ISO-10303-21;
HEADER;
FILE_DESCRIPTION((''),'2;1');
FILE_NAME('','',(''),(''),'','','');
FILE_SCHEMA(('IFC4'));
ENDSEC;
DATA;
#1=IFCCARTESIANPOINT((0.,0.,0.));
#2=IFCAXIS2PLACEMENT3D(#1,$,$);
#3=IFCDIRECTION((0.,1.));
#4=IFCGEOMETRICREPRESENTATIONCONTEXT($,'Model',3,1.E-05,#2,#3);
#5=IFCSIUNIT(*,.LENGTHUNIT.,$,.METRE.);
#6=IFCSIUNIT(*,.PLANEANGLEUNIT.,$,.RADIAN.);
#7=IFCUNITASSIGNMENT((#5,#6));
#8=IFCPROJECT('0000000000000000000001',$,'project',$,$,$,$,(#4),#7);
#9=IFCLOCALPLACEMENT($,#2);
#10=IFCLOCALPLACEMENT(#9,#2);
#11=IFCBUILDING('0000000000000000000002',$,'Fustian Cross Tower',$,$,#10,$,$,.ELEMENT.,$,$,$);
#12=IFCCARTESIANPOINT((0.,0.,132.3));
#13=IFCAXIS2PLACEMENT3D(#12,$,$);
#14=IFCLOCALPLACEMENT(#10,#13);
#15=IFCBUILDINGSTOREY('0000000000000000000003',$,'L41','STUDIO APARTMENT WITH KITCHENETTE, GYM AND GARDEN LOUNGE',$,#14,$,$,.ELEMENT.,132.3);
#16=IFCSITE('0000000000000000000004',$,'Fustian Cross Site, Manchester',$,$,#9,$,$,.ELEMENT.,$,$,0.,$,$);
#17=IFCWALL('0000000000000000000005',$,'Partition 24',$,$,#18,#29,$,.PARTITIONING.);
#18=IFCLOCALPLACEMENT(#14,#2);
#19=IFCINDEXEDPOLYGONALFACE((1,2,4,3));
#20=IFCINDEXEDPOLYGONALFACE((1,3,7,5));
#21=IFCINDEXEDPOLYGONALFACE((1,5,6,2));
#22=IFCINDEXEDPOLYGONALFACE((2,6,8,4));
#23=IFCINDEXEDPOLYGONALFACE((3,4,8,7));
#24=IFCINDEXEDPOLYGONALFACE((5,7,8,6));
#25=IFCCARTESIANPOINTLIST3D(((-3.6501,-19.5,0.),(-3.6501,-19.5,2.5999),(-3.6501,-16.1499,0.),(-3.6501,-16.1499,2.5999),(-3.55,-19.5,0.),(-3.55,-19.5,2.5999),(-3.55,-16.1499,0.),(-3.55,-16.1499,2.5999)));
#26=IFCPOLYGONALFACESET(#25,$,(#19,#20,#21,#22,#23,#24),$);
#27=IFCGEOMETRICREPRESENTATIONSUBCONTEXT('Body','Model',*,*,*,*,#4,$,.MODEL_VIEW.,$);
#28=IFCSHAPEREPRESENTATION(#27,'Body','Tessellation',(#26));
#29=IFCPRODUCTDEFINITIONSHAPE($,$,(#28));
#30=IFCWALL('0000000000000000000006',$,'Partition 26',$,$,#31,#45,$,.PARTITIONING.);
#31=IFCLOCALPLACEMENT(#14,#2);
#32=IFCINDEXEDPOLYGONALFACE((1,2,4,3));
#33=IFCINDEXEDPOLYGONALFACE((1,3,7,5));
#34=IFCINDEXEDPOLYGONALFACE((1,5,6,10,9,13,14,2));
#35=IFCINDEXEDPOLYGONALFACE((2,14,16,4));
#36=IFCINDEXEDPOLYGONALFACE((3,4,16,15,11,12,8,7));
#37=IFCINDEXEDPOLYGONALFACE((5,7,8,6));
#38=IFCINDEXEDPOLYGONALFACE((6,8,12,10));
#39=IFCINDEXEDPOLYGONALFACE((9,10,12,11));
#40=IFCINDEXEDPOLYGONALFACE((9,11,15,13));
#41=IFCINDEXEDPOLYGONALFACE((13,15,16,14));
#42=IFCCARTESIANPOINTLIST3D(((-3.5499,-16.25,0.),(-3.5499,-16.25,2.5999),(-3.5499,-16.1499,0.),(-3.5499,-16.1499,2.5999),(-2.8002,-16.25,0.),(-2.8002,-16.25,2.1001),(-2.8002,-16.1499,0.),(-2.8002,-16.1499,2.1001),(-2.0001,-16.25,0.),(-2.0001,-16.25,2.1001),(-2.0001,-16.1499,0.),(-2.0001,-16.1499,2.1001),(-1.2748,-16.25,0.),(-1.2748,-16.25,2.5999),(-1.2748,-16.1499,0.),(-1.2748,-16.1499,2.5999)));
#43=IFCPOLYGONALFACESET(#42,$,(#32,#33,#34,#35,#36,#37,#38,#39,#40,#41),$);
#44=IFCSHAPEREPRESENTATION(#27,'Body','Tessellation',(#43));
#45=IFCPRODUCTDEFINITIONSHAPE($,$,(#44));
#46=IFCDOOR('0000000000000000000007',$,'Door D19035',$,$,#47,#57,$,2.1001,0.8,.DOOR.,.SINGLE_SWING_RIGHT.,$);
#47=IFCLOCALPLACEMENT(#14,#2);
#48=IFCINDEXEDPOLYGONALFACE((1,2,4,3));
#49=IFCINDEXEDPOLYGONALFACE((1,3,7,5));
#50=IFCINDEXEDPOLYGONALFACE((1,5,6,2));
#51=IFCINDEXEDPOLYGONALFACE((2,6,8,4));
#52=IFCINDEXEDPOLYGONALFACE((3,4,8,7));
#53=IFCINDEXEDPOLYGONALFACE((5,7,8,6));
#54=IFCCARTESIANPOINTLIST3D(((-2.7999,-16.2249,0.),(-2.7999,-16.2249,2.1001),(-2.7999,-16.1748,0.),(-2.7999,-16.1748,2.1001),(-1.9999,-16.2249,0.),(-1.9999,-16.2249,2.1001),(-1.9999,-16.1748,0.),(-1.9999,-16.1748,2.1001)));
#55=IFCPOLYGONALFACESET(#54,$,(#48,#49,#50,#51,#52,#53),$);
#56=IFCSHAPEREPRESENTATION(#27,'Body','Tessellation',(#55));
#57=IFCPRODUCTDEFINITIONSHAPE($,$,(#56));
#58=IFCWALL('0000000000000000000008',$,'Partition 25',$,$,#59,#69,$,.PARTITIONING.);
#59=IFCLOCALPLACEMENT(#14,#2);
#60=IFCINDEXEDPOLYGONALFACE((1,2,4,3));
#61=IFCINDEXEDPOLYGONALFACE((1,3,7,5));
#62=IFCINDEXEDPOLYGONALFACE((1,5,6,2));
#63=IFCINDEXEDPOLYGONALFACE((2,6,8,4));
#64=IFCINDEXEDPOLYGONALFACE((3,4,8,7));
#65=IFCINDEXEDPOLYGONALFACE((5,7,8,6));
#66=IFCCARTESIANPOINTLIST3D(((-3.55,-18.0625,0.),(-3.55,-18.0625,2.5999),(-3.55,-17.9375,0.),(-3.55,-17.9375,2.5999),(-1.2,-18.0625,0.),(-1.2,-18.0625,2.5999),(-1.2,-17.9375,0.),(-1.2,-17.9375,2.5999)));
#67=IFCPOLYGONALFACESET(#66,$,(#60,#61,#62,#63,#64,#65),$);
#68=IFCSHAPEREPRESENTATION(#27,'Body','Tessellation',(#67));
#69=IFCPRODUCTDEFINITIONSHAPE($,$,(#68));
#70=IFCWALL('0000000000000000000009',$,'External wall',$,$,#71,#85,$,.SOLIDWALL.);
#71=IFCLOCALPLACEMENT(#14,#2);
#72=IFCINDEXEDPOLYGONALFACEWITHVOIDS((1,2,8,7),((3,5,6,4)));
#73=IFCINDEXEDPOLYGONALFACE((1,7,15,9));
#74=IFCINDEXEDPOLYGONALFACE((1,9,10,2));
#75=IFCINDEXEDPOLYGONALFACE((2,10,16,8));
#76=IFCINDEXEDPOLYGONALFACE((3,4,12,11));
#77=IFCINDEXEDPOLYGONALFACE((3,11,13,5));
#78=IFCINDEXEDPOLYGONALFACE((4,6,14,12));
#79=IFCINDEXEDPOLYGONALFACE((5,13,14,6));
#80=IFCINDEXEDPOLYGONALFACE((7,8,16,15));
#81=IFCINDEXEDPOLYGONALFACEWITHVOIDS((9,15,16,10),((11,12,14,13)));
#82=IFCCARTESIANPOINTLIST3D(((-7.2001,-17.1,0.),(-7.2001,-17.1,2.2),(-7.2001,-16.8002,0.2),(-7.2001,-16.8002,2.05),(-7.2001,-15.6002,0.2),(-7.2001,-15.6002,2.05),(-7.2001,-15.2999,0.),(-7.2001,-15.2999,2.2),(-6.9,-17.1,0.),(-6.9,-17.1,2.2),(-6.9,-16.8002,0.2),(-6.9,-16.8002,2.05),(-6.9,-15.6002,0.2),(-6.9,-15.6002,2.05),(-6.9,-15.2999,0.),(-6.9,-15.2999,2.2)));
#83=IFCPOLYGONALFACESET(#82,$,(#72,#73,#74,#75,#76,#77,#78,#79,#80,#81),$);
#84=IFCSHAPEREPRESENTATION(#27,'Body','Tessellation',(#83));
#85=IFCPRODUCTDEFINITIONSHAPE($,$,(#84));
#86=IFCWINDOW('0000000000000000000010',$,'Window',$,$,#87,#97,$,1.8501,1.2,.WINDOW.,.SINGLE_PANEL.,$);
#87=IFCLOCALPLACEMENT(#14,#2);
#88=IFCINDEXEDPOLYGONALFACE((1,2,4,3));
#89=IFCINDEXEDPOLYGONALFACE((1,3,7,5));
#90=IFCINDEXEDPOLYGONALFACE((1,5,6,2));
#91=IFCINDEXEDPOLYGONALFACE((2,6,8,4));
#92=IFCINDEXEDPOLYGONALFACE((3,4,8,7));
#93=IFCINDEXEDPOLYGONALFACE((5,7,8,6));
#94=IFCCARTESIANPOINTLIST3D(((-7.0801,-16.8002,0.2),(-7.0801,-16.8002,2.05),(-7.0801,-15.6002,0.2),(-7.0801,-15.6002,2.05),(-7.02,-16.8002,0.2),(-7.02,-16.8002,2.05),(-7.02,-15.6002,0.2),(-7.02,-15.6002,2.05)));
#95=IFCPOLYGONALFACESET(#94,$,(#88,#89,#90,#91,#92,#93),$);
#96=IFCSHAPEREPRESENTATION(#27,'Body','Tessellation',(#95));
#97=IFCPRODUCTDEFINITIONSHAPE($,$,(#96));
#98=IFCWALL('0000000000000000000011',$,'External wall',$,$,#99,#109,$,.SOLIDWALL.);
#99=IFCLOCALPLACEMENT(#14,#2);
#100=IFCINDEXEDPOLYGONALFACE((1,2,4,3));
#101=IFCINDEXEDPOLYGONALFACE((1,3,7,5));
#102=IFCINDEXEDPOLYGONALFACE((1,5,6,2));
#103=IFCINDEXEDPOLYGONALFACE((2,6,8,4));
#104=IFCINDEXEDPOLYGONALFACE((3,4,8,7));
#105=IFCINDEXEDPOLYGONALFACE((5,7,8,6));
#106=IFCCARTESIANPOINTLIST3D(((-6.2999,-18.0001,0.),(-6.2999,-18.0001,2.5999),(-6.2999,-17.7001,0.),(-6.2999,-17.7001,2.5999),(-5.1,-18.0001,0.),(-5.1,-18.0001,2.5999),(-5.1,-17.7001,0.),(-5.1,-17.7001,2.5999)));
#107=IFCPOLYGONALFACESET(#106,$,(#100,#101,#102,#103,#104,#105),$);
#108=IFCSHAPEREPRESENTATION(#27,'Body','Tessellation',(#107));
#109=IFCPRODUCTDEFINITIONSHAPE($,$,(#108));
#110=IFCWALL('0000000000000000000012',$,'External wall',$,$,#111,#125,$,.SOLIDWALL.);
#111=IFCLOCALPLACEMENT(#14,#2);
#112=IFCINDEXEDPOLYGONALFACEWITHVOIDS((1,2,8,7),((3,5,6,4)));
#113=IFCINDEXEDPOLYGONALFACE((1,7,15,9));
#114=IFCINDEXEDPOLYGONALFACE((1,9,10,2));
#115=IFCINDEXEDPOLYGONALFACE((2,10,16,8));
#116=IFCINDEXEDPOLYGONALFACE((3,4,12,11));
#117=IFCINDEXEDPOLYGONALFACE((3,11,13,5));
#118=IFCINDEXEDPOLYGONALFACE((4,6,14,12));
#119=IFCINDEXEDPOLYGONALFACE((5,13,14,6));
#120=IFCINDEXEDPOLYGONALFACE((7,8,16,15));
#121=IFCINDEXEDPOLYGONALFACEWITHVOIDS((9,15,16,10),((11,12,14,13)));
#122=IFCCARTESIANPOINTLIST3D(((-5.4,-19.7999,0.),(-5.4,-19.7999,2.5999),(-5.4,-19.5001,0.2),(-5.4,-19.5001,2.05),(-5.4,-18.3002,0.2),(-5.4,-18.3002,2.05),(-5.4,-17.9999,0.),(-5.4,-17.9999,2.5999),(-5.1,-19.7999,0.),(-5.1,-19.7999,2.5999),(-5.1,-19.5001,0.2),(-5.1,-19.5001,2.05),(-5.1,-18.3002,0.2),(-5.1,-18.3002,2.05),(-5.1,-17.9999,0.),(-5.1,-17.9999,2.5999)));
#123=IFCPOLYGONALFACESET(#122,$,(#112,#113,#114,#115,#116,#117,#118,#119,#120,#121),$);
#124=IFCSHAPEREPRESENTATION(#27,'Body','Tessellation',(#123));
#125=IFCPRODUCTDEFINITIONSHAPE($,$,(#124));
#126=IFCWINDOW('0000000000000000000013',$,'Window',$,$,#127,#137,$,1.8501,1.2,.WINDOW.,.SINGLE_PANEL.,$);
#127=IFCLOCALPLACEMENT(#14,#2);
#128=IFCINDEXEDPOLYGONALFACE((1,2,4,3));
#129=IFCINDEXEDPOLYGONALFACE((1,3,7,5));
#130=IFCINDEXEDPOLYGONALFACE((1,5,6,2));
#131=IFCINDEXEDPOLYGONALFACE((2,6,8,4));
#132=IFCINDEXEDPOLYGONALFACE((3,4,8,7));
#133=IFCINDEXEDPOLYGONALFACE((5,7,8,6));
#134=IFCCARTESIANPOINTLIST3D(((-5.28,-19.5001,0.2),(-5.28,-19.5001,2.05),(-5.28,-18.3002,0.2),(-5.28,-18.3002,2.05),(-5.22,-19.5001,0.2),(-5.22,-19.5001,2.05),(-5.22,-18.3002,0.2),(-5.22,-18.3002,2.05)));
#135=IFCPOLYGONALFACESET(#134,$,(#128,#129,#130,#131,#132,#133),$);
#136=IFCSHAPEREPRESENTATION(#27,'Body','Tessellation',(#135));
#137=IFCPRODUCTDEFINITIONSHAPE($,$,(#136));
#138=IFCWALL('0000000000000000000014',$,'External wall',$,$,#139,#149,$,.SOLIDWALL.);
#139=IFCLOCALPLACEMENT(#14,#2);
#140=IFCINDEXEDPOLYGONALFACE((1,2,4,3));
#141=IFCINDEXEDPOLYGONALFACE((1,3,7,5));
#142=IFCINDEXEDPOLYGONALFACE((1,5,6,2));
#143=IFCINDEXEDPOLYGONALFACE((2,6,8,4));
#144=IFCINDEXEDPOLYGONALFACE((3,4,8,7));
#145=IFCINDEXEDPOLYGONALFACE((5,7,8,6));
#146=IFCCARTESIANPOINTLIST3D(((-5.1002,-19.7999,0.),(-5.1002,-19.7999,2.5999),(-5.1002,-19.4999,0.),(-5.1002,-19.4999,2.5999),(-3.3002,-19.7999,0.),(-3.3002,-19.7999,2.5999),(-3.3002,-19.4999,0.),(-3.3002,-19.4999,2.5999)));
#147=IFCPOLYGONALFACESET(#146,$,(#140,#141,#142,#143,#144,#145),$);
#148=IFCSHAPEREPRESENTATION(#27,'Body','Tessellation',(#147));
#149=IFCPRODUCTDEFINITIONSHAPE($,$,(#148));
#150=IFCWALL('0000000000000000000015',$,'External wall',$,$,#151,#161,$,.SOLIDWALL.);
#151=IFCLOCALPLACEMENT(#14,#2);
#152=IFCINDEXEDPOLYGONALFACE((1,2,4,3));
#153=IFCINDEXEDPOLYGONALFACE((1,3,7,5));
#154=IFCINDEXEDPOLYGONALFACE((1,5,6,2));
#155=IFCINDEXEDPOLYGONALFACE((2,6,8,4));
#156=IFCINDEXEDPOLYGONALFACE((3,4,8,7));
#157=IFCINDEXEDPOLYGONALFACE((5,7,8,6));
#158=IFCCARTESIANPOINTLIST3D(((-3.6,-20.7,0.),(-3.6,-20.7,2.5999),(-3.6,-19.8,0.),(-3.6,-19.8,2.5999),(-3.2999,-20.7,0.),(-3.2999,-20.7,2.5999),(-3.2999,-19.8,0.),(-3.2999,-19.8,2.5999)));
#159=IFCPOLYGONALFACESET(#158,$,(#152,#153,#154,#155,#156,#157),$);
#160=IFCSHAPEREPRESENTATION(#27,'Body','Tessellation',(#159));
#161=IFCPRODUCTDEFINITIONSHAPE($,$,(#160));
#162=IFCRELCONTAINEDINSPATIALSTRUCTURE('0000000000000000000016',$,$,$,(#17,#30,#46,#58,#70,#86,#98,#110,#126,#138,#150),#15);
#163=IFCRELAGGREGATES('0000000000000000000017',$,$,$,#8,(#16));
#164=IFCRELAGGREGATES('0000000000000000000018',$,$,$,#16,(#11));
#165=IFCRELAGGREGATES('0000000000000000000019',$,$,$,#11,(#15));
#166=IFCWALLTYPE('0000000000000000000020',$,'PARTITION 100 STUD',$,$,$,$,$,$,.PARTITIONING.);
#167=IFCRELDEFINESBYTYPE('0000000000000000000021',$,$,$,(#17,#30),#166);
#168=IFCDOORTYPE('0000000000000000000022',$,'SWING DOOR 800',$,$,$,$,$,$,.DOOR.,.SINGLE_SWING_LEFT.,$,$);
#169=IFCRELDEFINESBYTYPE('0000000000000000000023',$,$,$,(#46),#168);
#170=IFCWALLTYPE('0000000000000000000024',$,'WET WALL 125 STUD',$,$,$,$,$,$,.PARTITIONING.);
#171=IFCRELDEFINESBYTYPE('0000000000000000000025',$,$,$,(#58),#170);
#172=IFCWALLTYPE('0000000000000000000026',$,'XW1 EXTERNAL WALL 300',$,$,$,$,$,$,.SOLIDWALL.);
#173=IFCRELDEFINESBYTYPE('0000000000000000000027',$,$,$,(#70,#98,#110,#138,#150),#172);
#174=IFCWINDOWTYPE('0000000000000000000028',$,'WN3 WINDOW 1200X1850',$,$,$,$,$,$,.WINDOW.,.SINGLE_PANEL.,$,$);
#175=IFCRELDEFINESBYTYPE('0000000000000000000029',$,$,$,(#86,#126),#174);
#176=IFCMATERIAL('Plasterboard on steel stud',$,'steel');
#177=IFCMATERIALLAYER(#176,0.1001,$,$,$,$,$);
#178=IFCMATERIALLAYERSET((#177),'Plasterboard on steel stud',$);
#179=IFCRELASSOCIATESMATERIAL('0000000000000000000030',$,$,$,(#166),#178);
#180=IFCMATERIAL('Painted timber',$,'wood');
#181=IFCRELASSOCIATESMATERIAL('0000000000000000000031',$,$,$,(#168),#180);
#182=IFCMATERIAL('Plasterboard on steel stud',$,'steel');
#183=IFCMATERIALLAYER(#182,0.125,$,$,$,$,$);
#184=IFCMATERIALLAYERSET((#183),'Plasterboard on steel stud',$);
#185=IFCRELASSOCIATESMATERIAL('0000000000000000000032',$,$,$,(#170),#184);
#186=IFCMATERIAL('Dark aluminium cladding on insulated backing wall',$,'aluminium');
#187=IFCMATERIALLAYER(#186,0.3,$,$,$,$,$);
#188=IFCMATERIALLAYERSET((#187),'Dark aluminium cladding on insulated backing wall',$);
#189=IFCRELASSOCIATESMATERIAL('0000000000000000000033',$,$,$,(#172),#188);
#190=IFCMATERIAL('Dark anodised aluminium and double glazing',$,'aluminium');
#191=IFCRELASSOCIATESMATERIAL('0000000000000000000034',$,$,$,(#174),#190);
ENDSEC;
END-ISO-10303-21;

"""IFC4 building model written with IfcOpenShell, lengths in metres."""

from ifc_helpers import new_model, si_unit, direction, frame, frame_2d, origin, place, context, subcontext, project, spatial, rectangle, extrude, material, layer, layer_set, type_object, element, fill, save


model = new_model("IFC4")

# Units and contexts
model_context = context("Model", 3, precision=1e-05, world=origin(), true_north=direction((0.0, 1.0)))
body_context = subcontext(model_context, "Body", "Model", "MODEL_VIEW")
ifc_project = project(units=[si_unit("LENGTHUNIT", "METRE"), si_unit("PLANEANGLEUNIT", "RADIAN")], contexts=[model_context])

# Site, building, storey
site_placement = place(None, origin())
site = spatial("IfcSite", under=ifc_project, at=site_placement, Name="Fustian Cross Site, Manchester", CompositionType="ELEMENT", RefElevation=0.0)
building_placement = place(site_placement, origin())
building = spatial("IfcBuilding", under=site, at=building_placement, Name="Fustian Cross Tower", CompositionType="ELEMENT")
storey_placement = place(building_placement, frame((0.0, 0.0, 132.3)))
storey = spatial("IfcBuildingStorey", under=building, at=storey_placement, Name="L41", Description="STUDIO APARTMENT WITH KITCHENETTE, GYM AND GARDEN LOUNGE", CompositionType="ELEMENT", Elevation=132.3)

# Wall
ifc_material_1 = material(Name="Plasterboard on steel stud", Category="steel")
ifc_layer_1 = layer(ifc_material_1, 0.1001)
ifc_layer_set_1 = layer_set([ifc_layer_1], Name="Plasterboard on steel stud")
wall_type_1 = type_object("IfcWallType", Name="PARTITION 100 STUD", PredefinedType="PARTITIONING", material=ifc_layer_set_1)
wall_1_placement = place(storey_placement, frame((-3.6001, -19.5, 0.0), z_axis=(0.0, 0.0, 1.0), x_axis=(0.0, 1.0, 0.0)))
element("IfcWall", 1, at=wall_1_placement, inside=storey, type_object=wall_type_1, Name="Partition 24", PredefinedType="PARTITIONING", context=body_context, shape_type="SweptSolid", body=[
    extrude(rectangle(XDim=3.3501, YDim=0.1001, at=frame_2d((1.675, 0.0))), origin(), (0.0, 0.0, 1.0), 2.5999),
])

# Wall, opening, door
wall_2_placement = place(storey_placement, frame((-3.55, -16.2, 0.0), z_axis=(0.0, 0.0, 1.0), x_axis=(1.0, 0.0, 0.0)))
wall_2 = element("IfcWall", 2, at=wall_2_placement, inside=storey, type_object=wall_type_1, Name="Partition 26", PredefinedType="PARTITIONING", context=body_context, shape_type="SweptSolid", body=[
    extrude(rectangle(XDim=2.2751, YDim=0.1001, at=frame_2d((1.1377, 0.0))), origin(), (0.0, 0.0, 1.0), 2.5999),
])
opening_1_placement = place(wall_2_placement, frame((0.75, 0.0, 0.0)))
opening_1 = element("IfcOpeningElement", 3, at=opening_1_placement, cuts=wall_2, PredefinedType="OPENING", context=body_context, shape_type="SweptSolid", body=[
    extrude(rectangle(XDim=0.8, YDim=2.1001, at=frame_2d((0.3999, 1.05))), frame((0.0, 0.0601, 0.0), z_axis=(0.0, -1.0, 0.0), x_axis=(1.0, 0.0, 0.0)), (0.0, 0.0, 1.0), 0.1201),
])
ifc_material_2 = material(Name="Painted timber", Category="wood")
door_type_1 = type_object("IfcDoorType", Name="SWING DOOR 800", OperationType="SINGLE_SWING_LEFT", PredefinedType="DOOR", material=ifc_material_2)
door_1_placement = place(opening_1_placement, frame((0.8, 0.0, 0.0), z_axis=(0.0, 0.0, 1.0), x_axis=(-1.0, 0.0, 0.0)))
door_1 = element("IfcDoor", 4, at=door_1_placement, inside=storey, type_object=door_type_1, Name="Door D19035", OperationType="SINGLE_SWING_RIGHT", OverallHeight=2.1001, OverallWidth=0.8, PredefinedType="DOOR", context=body_context, shape_type="SweptSolid", body=[
    extrude(rectangle(XDim=0.8, YDim=2.1001, at=frame_2d((0.3999, 1.05))), frame((0.0, 0.0249, 0.0), z_axis=(0.0, -1.0, 0.0), x_axis=(1.0, 0.0, 0.0)), (0.0, 0.0, 1.0), 0.05),
])
fill(opening_1, door_1)

# Wall
ifc_material_3 = material(Name="Plasterboard on steel stud", Category="steel")
ifc_layer_2 = layer(ifc_material_3, 0.125)
ifc_layer_set_2 = layer_set([ifc_layer_2], Name="Plasterboard on steel stud")
wall_type_2 = type_object("IfcWallType", Name="WET WALL 125 STUD", PredefinedType="PARTITIONING", material=ifc_layer_set_2)
wall_3_placement = place(storey_placement, frame((-3.55, -18.0, 0.0), z_axis=(0.0, 0.0, 1.0), x_axis=(1.0, 0.0, 0.0)))
element("IfcWall", 5, at=wall_3_placement, inside=storey, type_object=wall_type_2, Name="Partition 25", PredefinedType="PARTITIONING", context=body_context, shape_type="SweptSolid", body=[
    extrude(rectangle(XDim=2.3501, YDim=0.125, at=frame_2d((1.175, 0.0))), origin(), (0.0, 0.0, 1.0), 2.5999),
])

# Wall, opening, window
ifc_material_4 = material(Name="Dark aluminium cladding on insulated backing wall", Category="aluminium")
ifc_layer_3 = layer(ifc_material_4, 0.3)
ifc_layer_set_3 = layer_set([ifc_layer_3], Name="Dark aluminium cladding on insulated backing wall")
wall_type_3 = type_object("IfcWallType", Name="XW1 EXTERNAL WALL 300", PredefinedType="SOLIDWALL", material=ifc_layer_set_3)
wall_4_placement = place(storey_placement, frame((-7.05, -15.3, 0.0), z_axis=(0.0, 0.0, 1.0), x_axis=(0.0, -1.0, 0.0)))
wall_4 = element("IfcWall", 6, at=wall_4_placement, inside=storey, type_object=wall_type_3, Name="External wall", PredefinedType="SOLIDWALL", context=body_context, shape_type="SweptSolid", body=[
    extrude(rectangle(XDim=1.8, YDim=0.3, at=frame_2d((0.8999, 0.0))), origin(), (0.0, 0.0, 1.0), 2.2),
])
opening_2_placement = place(wall_4_placement, frame((0.3, 0.0, 0.2)))
opening_2 = element("IfcOpeningElement", 7, at=opening_2_placement, cuts=wall_4, PredefinedType="OPENING", context=body_context, shape_type="SweptSolid", body=[
    extrude(rectangle(XDim=1.2, YDim=1.8501, at=frame_2d((0.6001, 0.925))), frame((0.0, 0.1599, 0.0), z_axis=(0.0, -1.0, 0.0), x_axis=(1.0, 0.0, 0.0)), (0.0, 0.0, 1.0), 0.3201),
])
ifc_material_5 = material(Name="Dark anodised aluminium and double glazing", Category="aluminium")
window_type_1 = type_object("IfcWindowType", Name="WN3 WINDOW 1200X1850", PartitioningType="SINGLE_PANEL", PredefinedType="WINDOW", material=ifc_material_5)
window_1_placement = place(opening_2_placement, origin())
window_1 = element("IfcWindow", 8, at=window_1_placement, inside=storey, type_object=window_type_1, Name="Window", OverallHeight=1.8501, OverallWidth=1.2, PartitioningType="SINGLE_PANEL", PredefinedType="WINDOW", context=body_context, shape_type="SweptSolid", body=[
    extrude(rectangle(XDim=1.2, YDim=1.8501, at=frame_2d((0.6001, 0.925))), frame((0.0, 0.03, 0.0), z_axis=(0.0, -1.0, 0.0), x_axis=(1.0, 0.0, 0.0)), (0.0, 0.0, 1.0), 0.0601),
])
fill(opening_2, window_1)

# Wall
wall_5_placement = place(storey_placement, frame((-6.3, -17.8501, 0.0), z_axis=(0.0, 0.0, 1.0), x_axis=(1.0, 0.0, 0.0)))
element("IfcWall", 9, at=wall_5_placement, inside=storey, type_object=wall_type_3, Name="External wall", PredefinedType="SOLIDWALL", context=body_context, shape_type="SweptSolid", body=[
    extrude(rectangle(XDim=1.2, YDim=0.3, at=frame_2d((0.6001, 0.0))), origin(), (0.0, 0.0, 1.0), 2.5999),
])

# Wall, opening, window
wall_6_placement = place(storey_placement, frame((-5.25, -18.0, 0.0), z_axis=(0.0, 0.0, 1.0), x_axis=(0.0, -1.0, 0.0)))
wall_6 = element("IfcWall", 10, at=wall_6_placement, inside=storey, type_object=wall_type_3, Name="External wall", PredefinedType="SOLIDWALL", context=body_context, shape_type="SweptSolid", body=[
    extrude(rectangle(XDim=1.8, YDim=0.3, at=frame_2d((0.8999, 0.0))), origin(), (0.0, 0.0, 1.0), 2.5999),
])
opening_3_placement = place(wall_6_placement, frame((0.3, 0.0, 0.2)))
opening_3 = element("IfcOpeningElement", 11, at=opening_3_placement, cuts=wall_6, PredefinedType="OPENING", context=body_context, shape_type="SweptSolid", body=[
    extrude(rectangle(XDim=1.2, YDim=1.8501, at=frame_2d((0.6001, 0.925))), frame((0.0, 0.1599, 0.0), z_axis=(0.0, -1.0, 0.0), x_axis=(1.0, 0.0, 0.0)), (0.0, 0.0, 1.0), 0.3201),
])
window_2_placement = place(opening_3_placement, origin())
window_2 = element("IfcWindow", 12, at=window_2_placement, inside=storey, type_object=window_type_1, Name="Window", OverallHeight=1.8501, OverallWidth=1.2, PartitioningType="SINGLE_PANEL", PredefinedType="WINDOW", context=body_context, shape_type="SweptSolid", body=[
    extrude(rectangle(XDim=1.2, YDim=1.8501, at=frame_2d((0.6001, 0.925))), frame((0.0, 0.03, 0.0), z_axis=(0.0, -1.0, 0.0), x_axis=(1.0, 0.0, 0.0)), (0.0, 0.0, 1.0), 0.0601),
])
fill(opening_3, window_2)

# Walls
wall_7_placement = place(storey_placement, frame((-5.1001, -19.6499, 0.0), z_axis=(0.0, 0.0, 1.0), x_axis=(1.0, 0.0, 0.0)))
element("IfcWall", 13, at=wall_7_placement, inside=storey, type_object=wall_type_3, Name="External wall", PredefinedType="SOLIDWALL", context=body_context, shape_type="SweptSolid", body=[
    extrude(rectangle(XDim=1.8, YDim=0.3, at=frame_2d((0.8999, 0.0))), origin(), (0.0, 0.0, 1.0), 2.5999),
])
wall_8_placement = place(storey_placement, frame((-3.45, -19.8, 0.0), z_axis=(0.0, 0.0, 1.0), x_axis=(0.0, -1.0, 0.0)))
element("IfcWall", 14, at=wall_8_placement, inside=storey, type_object=wall_type_3, Name="External wall", PredefinedType="SOLIDWALL", context=body_context, shape_type="SweptSolid", body=[
    extrude(rectangle(XDim=0.8999, YDim=0.3, at=frame_2d((0.45, 0.0))), origin(), (0.0, 0.0, 1.0), 2.5999),
])

save(model, "model.ifc")
